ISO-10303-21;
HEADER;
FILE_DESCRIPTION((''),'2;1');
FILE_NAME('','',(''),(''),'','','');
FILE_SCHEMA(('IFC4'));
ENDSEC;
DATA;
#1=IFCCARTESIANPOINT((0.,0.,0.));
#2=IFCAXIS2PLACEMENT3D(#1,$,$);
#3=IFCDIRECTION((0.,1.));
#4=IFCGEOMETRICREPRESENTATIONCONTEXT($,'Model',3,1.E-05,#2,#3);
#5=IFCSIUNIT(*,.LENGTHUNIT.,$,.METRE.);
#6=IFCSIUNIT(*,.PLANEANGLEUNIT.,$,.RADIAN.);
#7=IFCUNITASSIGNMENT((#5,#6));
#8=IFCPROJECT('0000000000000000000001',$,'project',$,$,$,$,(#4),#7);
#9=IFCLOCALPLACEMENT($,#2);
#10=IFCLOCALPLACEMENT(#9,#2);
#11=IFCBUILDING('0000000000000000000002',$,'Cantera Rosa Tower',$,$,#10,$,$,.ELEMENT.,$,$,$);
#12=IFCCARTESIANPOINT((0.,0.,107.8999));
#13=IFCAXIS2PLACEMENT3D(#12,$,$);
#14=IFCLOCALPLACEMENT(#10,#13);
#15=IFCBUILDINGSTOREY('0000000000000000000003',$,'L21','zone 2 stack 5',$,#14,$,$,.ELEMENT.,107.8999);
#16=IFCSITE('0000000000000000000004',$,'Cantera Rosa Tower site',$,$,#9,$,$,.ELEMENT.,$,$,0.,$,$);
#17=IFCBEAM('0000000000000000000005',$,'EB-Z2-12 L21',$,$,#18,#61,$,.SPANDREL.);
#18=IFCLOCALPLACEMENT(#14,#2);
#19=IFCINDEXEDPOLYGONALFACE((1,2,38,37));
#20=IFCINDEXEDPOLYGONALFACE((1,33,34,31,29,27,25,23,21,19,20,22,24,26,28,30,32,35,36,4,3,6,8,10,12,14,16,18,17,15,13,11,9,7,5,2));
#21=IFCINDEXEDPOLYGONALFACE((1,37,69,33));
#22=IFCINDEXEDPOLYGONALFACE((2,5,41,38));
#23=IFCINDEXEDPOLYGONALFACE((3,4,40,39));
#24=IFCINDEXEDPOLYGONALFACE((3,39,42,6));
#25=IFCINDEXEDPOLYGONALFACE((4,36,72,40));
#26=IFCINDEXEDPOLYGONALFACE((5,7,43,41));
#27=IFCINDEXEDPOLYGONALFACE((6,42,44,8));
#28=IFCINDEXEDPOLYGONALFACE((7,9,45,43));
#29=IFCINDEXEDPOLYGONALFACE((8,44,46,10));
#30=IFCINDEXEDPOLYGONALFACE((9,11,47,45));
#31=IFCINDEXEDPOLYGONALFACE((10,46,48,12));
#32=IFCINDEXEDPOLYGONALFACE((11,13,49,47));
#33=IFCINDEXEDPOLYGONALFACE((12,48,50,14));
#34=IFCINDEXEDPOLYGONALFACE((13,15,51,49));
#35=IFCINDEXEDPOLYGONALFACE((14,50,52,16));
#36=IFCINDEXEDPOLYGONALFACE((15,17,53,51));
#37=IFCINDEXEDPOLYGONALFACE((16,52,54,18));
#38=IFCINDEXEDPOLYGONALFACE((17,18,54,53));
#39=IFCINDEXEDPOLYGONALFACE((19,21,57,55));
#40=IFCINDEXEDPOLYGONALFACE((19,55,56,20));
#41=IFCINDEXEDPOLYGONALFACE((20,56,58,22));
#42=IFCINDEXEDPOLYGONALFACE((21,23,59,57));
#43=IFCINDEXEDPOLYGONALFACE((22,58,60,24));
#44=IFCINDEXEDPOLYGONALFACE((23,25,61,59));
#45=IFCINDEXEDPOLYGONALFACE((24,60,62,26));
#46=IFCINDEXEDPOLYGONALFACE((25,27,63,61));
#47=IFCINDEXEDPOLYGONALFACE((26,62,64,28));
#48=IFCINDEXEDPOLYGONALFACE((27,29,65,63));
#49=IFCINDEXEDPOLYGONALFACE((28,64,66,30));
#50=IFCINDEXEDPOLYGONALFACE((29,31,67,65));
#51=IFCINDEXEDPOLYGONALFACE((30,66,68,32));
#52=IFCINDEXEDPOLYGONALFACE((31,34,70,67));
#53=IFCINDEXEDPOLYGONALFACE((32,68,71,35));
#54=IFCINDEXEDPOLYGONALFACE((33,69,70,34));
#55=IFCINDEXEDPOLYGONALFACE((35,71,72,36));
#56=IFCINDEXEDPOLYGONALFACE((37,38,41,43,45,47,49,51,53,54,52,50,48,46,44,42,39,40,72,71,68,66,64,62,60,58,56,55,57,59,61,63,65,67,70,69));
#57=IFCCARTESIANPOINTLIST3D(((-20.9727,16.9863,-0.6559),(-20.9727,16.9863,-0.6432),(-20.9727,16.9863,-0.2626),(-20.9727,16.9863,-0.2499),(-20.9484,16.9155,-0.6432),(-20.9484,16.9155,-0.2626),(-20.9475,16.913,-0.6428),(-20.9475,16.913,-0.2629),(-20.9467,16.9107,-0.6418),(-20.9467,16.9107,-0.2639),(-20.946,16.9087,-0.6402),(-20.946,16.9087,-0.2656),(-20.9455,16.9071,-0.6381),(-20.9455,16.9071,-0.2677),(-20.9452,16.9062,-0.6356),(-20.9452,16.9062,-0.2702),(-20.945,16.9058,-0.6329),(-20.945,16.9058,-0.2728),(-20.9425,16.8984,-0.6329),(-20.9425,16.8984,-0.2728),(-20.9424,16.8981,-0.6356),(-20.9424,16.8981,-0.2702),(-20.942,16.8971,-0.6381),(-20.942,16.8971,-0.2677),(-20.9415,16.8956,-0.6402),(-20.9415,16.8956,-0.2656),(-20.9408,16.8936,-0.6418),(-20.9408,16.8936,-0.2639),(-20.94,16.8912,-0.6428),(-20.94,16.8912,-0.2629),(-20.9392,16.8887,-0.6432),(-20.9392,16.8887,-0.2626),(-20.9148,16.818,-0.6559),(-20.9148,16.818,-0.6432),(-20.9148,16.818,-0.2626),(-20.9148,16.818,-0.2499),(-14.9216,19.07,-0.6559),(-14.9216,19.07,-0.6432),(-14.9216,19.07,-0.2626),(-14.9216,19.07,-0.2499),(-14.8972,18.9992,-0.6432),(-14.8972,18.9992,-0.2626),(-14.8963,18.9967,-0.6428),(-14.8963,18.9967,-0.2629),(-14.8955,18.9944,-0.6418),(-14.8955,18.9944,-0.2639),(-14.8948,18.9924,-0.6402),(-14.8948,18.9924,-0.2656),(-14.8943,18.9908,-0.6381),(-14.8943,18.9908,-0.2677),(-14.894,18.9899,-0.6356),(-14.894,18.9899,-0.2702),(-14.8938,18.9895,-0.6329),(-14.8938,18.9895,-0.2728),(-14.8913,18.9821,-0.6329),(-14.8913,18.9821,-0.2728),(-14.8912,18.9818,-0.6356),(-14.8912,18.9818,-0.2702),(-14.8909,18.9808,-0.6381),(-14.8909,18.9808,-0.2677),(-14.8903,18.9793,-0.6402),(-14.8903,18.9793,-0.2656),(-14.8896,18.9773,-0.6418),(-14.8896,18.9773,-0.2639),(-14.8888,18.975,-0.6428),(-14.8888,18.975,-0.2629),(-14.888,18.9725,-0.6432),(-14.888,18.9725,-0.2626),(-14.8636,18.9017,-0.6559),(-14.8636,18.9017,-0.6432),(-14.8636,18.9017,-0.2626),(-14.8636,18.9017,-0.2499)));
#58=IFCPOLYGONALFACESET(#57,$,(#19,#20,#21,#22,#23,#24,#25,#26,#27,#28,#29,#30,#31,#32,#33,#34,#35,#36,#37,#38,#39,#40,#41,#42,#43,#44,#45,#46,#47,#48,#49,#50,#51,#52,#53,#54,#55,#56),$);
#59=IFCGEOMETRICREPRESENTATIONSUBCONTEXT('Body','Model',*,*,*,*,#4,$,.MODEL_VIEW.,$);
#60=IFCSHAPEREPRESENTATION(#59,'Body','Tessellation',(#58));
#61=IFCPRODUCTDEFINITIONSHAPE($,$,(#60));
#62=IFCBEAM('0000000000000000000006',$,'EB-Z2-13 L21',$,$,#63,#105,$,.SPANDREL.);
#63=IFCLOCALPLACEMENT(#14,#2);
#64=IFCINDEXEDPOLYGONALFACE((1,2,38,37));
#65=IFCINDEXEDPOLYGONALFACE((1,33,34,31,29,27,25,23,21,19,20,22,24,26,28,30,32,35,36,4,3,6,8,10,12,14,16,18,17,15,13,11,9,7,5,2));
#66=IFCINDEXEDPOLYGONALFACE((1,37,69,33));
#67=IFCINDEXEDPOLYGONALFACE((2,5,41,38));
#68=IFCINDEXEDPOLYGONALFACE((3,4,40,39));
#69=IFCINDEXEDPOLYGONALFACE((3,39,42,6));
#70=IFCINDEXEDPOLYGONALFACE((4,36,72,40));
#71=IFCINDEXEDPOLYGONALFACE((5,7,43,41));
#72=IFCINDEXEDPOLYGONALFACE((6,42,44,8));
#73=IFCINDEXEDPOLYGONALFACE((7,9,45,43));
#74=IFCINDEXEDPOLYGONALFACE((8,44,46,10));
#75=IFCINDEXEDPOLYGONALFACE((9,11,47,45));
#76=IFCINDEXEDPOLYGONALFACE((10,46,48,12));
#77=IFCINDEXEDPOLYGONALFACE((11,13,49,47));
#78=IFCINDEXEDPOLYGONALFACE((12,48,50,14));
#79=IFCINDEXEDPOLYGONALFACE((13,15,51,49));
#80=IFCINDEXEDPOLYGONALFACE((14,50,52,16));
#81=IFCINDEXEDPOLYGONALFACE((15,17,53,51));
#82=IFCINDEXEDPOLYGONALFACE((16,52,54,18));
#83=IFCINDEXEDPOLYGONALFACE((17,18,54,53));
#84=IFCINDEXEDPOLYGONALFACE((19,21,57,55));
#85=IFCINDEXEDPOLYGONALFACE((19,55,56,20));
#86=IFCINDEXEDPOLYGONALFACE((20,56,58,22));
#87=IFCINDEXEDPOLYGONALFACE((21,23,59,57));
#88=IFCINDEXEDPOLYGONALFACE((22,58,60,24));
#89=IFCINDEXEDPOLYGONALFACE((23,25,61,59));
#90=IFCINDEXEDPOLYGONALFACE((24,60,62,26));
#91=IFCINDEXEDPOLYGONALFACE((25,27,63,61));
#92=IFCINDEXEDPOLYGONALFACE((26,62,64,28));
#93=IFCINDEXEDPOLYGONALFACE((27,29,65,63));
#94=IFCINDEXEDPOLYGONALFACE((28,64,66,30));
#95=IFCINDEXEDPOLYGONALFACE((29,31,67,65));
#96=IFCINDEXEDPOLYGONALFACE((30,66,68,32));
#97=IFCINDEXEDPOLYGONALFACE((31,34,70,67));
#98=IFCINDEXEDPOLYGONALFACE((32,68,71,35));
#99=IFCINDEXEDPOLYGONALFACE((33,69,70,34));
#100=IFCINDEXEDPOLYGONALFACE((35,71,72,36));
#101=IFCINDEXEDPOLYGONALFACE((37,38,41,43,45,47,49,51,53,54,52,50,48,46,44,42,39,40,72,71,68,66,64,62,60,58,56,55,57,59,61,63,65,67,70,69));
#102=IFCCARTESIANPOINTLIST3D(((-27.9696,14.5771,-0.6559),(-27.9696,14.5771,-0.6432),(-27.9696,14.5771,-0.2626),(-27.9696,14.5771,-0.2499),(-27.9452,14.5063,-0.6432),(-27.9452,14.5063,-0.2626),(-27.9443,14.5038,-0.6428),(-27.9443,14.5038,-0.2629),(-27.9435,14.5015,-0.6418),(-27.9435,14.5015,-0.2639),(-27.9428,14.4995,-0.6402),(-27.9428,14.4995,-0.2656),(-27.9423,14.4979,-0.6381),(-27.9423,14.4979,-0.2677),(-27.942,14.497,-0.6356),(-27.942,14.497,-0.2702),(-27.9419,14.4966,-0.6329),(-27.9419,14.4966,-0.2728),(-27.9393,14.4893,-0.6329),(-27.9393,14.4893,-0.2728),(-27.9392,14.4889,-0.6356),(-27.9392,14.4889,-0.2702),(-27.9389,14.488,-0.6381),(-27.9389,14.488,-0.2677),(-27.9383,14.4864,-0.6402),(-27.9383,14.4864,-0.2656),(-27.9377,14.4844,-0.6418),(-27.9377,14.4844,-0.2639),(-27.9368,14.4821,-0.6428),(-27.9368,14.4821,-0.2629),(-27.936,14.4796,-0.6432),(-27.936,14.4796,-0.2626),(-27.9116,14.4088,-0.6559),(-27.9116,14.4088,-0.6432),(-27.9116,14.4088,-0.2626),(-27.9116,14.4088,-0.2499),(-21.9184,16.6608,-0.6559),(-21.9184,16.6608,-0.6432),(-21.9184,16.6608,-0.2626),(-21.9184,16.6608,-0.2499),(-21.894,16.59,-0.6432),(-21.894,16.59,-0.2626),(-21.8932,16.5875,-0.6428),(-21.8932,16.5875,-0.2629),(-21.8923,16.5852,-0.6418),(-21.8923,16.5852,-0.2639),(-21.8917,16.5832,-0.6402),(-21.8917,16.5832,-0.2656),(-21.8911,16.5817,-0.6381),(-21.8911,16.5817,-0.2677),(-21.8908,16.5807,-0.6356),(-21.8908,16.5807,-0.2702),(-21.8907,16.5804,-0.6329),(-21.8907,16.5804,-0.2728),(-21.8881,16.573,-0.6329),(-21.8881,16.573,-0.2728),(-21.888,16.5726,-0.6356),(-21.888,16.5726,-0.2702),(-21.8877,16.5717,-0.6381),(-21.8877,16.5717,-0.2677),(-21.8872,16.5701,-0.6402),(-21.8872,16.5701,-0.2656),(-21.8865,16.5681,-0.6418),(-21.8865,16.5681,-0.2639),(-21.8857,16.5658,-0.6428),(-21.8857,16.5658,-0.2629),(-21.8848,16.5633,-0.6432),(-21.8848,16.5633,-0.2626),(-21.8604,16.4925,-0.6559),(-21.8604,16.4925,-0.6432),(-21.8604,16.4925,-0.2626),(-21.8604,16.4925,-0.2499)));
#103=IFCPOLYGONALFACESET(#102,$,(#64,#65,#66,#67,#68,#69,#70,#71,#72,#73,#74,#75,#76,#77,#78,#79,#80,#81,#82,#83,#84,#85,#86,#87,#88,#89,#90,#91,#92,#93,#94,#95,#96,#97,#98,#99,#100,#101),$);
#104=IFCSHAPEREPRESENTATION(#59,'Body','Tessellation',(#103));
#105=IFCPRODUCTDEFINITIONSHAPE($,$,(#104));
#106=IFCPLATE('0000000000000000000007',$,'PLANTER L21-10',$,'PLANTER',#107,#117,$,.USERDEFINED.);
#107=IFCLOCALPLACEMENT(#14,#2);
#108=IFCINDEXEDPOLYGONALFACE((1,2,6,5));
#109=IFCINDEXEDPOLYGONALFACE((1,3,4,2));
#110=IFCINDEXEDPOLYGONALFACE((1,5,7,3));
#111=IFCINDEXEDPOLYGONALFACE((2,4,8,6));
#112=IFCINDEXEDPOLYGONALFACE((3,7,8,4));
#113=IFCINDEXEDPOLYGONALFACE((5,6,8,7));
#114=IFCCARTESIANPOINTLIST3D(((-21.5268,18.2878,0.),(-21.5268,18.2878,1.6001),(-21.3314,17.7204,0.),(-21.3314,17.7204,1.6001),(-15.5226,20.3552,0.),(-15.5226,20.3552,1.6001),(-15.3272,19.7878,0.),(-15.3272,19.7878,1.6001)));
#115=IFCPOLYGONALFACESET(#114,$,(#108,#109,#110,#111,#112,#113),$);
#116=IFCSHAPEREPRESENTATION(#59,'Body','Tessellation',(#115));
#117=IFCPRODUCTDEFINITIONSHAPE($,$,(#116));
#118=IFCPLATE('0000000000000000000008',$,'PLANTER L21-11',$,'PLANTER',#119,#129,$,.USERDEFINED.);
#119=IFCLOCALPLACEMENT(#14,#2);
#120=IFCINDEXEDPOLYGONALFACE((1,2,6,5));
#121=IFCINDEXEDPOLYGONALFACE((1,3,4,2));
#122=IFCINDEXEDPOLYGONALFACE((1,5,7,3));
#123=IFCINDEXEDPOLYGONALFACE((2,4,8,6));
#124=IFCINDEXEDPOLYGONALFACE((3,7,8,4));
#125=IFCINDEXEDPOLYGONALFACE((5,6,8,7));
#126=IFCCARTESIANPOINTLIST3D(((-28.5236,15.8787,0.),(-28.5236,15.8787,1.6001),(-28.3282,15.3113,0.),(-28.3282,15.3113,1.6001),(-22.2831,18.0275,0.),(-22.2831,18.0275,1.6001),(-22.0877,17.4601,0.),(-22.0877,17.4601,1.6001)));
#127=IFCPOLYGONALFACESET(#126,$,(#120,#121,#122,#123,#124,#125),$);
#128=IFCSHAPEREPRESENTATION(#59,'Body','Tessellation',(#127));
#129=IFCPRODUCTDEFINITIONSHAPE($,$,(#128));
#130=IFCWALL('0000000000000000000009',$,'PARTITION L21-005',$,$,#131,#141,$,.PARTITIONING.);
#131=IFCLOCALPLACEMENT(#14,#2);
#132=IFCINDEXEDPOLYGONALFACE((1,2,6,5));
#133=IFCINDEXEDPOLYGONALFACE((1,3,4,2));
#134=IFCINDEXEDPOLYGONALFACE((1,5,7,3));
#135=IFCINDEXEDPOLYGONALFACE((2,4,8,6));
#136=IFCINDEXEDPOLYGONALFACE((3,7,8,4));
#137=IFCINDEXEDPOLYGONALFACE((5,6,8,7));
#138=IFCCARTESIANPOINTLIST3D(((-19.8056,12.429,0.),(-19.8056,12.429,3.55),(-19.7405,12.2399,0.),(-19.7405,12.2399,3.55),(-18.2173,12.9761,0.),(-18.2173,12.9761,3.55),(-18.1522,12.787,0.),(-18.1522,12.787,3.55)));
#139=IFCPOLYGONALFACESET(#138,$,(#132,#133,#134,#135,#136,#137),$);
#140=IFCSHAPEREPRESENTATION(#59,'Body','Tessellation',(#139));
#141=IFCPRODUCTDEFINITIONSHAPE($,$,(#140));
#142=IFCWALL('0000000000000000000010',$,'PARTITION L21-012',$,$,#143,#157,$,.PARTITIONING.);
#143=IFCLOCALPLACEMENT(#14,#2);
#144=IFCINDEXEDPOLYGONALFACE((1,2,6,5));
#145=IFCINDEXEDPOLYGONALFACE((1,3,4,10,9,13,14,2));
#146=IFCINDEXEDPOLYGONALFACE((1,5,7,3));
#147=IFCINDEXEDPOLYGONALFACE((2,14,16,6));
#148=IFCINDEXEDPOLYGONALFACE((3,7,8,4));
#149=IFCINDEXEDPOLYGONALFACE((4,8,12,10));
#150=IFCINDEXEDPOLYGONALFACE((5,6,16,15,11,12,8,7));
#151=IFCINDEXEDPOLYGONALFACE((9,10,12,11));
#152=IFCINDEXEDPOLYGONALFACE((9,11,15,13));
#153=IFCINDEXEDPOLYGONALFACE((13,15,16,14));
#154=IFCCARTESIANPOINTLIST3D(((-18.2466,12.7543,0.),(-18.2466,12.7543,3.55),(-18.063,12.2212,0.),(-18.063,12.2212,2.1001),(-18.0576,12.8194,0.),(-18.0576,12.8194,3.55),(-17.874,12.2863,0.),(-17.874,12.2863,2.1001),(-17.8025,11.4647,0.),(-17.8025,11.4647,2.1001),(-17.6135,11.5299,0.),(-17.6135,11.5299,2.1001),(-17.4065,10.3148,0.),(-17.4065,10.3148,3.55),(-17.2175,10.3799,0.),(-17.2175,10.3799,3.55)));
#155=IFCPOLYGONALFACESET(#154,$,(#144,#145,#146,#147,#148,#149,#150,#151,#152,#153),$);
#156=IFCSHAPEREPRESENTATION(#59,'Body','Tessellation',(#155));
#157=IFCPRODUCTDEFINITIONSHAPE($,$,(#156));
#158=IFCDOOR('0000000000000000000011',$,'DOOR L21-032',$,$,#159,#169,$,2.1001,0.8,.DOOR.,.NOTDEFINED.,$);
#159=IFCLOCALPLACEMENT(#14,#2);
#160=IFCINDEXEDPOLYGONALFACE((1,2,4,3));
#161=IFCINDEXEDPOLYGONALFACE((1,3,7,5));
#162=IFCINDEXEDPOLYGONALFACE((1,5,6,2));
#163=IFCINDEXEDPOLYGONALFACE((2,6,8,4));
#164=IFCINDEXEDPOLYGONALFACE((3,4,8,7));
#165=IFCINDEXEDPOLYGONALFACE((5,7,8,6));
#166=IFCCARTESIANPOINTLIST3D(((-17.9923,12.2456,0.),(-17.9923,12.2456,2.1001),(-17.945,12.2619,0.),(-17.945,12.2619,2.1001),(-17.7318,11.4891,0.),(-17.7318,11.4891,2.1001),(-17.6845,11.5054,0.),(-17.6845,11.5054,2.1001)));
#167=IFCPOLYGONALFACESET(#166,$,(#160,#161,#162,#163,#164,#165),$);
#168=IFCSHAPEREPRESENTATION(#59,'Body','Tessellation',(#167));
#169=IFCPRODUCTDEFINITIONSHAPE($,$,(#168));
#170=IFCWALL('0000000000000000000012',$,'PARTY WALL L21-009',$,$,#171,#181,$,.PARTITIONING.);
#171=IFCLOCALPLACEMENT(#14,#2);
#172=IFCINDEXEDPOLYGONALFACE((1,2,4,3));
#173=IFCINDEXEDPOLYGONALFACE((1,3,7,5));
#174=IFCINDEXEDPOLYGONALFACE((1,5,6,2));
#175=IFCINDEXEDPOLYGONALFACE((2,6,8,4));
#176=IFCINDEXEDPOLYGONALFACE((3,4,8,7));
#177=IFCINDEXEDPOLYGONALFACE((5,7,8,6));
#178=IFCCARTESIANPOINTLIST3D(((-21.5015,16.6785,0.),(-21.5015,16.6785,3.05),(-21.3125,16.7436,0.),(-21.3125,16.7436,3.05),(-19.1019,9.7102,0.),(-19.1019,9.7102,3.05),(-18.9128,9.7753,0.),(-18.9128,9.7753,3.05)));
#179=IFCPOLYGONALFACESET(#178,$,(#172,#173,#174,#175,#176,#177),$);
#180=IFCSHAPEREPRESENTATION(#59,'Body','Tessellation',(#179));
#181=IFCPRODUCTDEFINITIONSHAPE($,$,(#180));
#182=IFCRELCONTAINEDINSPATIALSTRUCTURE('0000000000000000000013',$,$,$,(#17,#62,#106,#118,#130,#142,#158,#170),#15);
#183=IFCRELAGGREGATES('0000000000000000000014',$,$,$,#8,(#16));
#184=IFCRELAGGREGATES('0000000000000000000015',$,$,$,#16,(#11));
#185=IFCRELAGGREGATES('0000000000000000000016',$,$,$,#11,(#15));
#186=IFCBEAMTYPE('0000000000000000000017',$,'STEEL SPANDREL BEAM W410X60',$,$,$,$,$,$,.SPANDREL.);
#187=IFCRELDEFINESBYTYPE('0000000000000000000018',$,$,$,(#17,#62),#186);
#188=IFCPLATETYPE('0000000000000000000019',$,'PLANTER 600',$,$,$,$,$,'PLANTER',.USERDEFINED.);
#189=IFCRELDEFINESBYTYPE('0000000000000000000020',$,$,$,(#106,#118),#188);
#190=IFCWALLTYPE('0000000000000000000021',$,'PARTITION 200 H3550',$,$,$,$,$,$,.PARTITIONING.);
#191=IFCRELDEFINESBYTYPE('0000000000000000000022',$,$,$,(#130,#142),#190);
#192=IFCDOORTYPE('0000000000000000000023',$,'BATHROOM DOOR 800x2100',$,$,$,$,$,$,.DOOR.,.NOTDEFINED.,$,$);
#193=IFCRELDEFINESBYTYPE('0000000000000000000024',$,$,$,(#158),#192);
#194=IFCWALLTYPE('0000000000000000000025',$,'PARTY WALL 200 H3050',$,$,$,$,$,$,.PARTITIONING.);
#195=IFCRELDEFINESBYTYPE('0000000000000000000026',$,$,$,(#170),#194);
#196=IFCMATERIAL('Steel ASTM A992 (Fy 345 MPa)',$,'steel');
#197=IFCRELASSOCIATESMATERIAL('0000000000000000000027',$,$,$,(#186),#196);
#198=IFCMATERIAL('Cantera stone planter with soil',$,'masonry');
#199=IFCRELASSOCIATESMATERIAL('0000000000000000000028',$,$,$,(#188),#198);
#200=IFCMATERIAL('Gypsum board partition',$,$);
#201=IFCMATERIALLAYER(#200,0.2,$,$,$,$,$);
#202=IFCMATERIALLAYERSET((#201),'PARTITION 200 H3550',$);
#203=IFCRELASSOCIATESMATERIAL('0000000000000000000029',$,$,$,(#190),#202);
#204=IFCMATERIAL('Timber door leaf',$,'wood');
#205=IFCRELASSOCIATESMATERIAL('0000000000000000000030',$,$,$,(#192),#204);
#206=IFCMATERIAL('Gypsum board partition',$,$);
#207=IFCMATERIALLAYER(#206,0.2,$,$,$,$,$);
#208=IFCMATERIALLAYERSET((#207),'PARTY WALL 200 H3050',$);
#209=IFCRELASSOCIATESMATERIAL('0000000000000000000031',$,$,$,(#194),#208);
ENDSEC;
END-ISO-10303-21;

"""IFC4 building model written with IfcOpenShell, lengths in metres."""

from ifc_helpers import new_model, si_unit, direction, frame, frame_2d, origin, origin_2d, place, context, subcontext, project, spatial, rectangle, i_section, extrude, material, layer, layer_set, material_profile, profile_set, type_object, element, fill, save


model = new_model("IFC4")

# Units and contexts
model_context = context("Model", 3, precision=1e-05, world=origin(), true_north=direction((0.0, 1.0)))
body_context = subcontext(model_context, "Body", "Model", "MODEL_VIEW")
ifc_project = project(units=[si_unit("LENGTHUNIT", "METRE"), si_unit("PLANEANGLEUNIT", "RADIAN")], contexts=[model_context])

# Site, building, storey
site_placement = place(None, origin())
site = spatial("IfcSite", under=ifc_project, at=site_placement, Name="Cantera Rosa Tower site", CompositionType="ELEMENT", RefElevation=0.0)
building_placement = place(site_placement, origin())
building = spatial("IfcBuilding", under=site, at=building_placement, Name="Cantera Rosa Tower", CompositionType="ELEMENT")
storey_placement = place(building_placement, frame((0.0, 0.0, 107.8999)))
storey = spatial("IfcBuildingStorey", under=building, at=storey_placement, Name="L21", Description="zone 2 stack 5", CompositionType="ELEMENT", Elevation=107.8999)

# Beams
ifc_material_1 = material(Name="Steel ASTM A992 (Fy 345 MPa)", Category="steel")
ifc_material_profile_1 = material_profile(ifc_material_1, i_section(OverallWidth=0.178, OverallDepth=0.406, WebThickness=0.0078, FlangeThickness=0.0127, FilletRadius=0.0103, at=origin_2d()), Name="W410X60")
ifc_profile_set_1 = profile_set([ifc_material_profile_1], Name="Steel ASTM A992 (Fy 345 MPa)")
beam_type_1 = type_object("IfcBeamType", Name="STEEL SPANDREL BEAM W410X60", PredefinedType="SPANDREL", material=ifc_profile_set_1)
for number, where, z_axis, x_axis, name in (
    (1, (-14.8926, 18.9858, -0.4529), (-0.945513, -0.325585, 0.0), (0.325585, -0.945513, 0.0), "EB-Z2-12 L21"),
    (2, (-21.8894, 16.5767, -0.4529), (-0.945513, -0.325585, 0.0), (0.325585, -0.945513, 0.0), "EB-Z2-13 L21"),
):
    element("IfcBeam", number, at=place(storey_placement, frame(where, z_axis=z_axis, x_axis=x_axis)), inside=storey, type_object=beam_type_1, Name=name, PredefinedType="SPANDREL", context=body_context, shape_type="SweptSolid", body=[
        extrude(i_section(OverallWidth=0.178, OverallDepth=0.406, WebThickness=0.0078, FlangeThickness=0.0127, FilletRadius=0.0103, at=origin_2d()), origin(), (0.0, 0.0, 1.0), 6.3999),
    ])

# Plates
ifc_material_2 = material(Name="Cantera stone planter with soil", Category="masonry")
plate_type = type_object("IfcPlateType", Name="PLANTER 600", ElementType="PLANTER", PredefinedType="USERDEFINED", material=ifc_material_2)
plate_1_placement = place(storey_placement, frame((-18.427, 19.0378, 0.0), z_axis=(0.0, 0.0, 1.0), x_axis=(-0.945519, -0.325568, 0.0)))
element("IfcPlate", 3, at=plate_1_placement, inside=storey, type_object=plate_type, Name="PLANTER L21-10", ObjectType="PLANTER", PredefinedType="USERDEFINED", context=body_context, shape_type="SweptSolid", body=[
    extrude(rectangle(XDim=6.3501, YDim=0.6001, at=origin_2d()), origin(), (0.0, 0.0, 1.0), 1.6001),
])
plate_2_placement = place(storey_placement, frame((-25.3057, 16.6694, 0.0), z_axis=(0.0, 0.0, 1.0), x_axis=(-0.945519, -0.325568, 0.0)))
element("IfcPlate", 4, at=plate_2_placement, inside=storey, type_object=plate_type, Name="PLANTER L21-11", ObjectType="PLANTER", PredefinedType="USERDEFINED", context=body_context, shape_type="SweptSolid", body=[
    extrude(rectangle(XDim=6.6001, YDim=0.6001, at=origin_2d()), origin(), (0.0, 0.0, 1.0), 1.6001),
])

# Wall
ifc_material_3 = material(Name="Gypsum board partition")
ifc_layer_1 = layer(ifc_material_3, 0.2)
ifc_layer_set_1 = layer_set([ifc_layer_1], Name="PARTITION 200 H3550")
wall_type_1 = type_object("IfcWallType", Name="PARTITION 200 H3550", PredefinedType="PARTITIONING", material=ifc_layer_set_1)
wall_1_placement = place(storey_placement, frame((-19.7729, 12.3345, 0.0), z_axis=(0.0, 0.0, 1.0), x_axis=(0.945483, 0.325673, 0.0)))
element("IfcWall", 5, at=wall_1_placement, inside=storey, type_object=wall_type_1, Name="PARTITION L21-005", PredefinedType="PARTITIONING", context=body_context, shape_type="SweptSolid", body=[
    extrude(rectangle(XDim=1.6799, YDim=0.2, at=frame_2d((0.8398, 0.0))), origin(), (0.0, 0.0, 1.0), 3.55),
])

# Wall, opening, door
wall_2_placement = place(storey_placement, frame((-18.1521, 12.7869, 0.0), z_axis=(0.0, 0.0, 1.0), x_axis=(0.325609, -0.945505, 0.0)))
wall_2 = element("IfcWall", 6, at=wall_2_placement, inside=storey, type_object=wall_type_1, Name="PARTITION L21-012", PredefinedType="PARTITIONING", context=body_context, shape_type="SweptSolid", body=[
    extrude(rectangle(XDim=2.5801, YDim=0.2, at=frame_2d((1.29, 0.0))), origin(), (0.0, 0.0, 1.0), 3.55),
])
opening_1_placement = place(wall_2_placement, frame((0.564, 0.0, 0.0)))
opening_1 = element("IfcOpeningElement", 7, at=opening_1_placement, cuts=wall_2, PredefinedType="OPENING", context=body_context, shape_type="SweptSolid", body=[
    extrude(rectangle(XDim=0.8, YDim=2.1001, at=frame_2d((0.3999, 1.05))), frame((0.0, 0.1099, 0.0), z_axis=(0.0, -1.0, 0.0), x_axis=(1.0, 0.0, 0.0)), (0.0, 0.0, 1.0), 0.22),
])
ifc_material_4 = material(Name="Timber door leaf", Category="wood")
door_type_1 = type_object("IfcDoorType", Name="BATHROOM DOOR 800x2100", OperationType="NOTDEFINED", PredefinedType="DOOR", material=ifc_material_4)
door_1_placement = place(opening_1_placement, origin())
door_1 = element("IfcDoor", 8, at=door_1_placement, inside=storey, type_object=door_type_1, Name="DOOR L21-032", OperationType="NOTDEFINED", OverallHeight=2.1001, OverallWidth=0.8, PredefinedType="DOOR", context=body_context, shape_type="SweptSolid", body=[
    extrude(rectangle(XDim=0.8, YDim=2.1001, at=frame_2d((0.3999, 1.05))), frame((0.0, 0.0249, 0.0), z_axis=(0.0, -1.0, 0.0), x_axis=(1.0, 0.0, 0.0)), (0.0, 0.0, 1.0), 0.05),
])
fill(opening_1, door_1)

# Wall
ifc_material_5 = material(Name="Gypsum board partition")
ifc_layer_2 = layer(ifc_material_5, 0.2)
ifc_layer_set_2 = layer_set([ifc_layer_2], Name="PARTY WALL 200 H3050")
wall_type_2 = type_object("IfcWallType", Name="PARTY WALL 200 H3050", PredefinedType="PARTITIONING", material=ifc_layer_set_2)
wall_3_placement = place(storey_placement, frame((-19.0073, 9.7427, 0.0), z_axis=(0.0, 0.0, 1.0), x_axis=(-0.325604, 0.945506, 0.0)))
element("IfcWall", 9, at=wall_3_placement, inside=storey, type_object=wall_type_2, Name="PARTY WALL L21-009", PredefinedType="PARTITIONING", context=body_context, shape_type="SweptSolid", body=[
    extrude(rectangle(XDim=7.3699, YDim=0.2, at=frame_2d((3.6851, 0.0))), origin(), (0.0, 0.0, 1.0), 3.05),
])

save(model, "model.ifc")
